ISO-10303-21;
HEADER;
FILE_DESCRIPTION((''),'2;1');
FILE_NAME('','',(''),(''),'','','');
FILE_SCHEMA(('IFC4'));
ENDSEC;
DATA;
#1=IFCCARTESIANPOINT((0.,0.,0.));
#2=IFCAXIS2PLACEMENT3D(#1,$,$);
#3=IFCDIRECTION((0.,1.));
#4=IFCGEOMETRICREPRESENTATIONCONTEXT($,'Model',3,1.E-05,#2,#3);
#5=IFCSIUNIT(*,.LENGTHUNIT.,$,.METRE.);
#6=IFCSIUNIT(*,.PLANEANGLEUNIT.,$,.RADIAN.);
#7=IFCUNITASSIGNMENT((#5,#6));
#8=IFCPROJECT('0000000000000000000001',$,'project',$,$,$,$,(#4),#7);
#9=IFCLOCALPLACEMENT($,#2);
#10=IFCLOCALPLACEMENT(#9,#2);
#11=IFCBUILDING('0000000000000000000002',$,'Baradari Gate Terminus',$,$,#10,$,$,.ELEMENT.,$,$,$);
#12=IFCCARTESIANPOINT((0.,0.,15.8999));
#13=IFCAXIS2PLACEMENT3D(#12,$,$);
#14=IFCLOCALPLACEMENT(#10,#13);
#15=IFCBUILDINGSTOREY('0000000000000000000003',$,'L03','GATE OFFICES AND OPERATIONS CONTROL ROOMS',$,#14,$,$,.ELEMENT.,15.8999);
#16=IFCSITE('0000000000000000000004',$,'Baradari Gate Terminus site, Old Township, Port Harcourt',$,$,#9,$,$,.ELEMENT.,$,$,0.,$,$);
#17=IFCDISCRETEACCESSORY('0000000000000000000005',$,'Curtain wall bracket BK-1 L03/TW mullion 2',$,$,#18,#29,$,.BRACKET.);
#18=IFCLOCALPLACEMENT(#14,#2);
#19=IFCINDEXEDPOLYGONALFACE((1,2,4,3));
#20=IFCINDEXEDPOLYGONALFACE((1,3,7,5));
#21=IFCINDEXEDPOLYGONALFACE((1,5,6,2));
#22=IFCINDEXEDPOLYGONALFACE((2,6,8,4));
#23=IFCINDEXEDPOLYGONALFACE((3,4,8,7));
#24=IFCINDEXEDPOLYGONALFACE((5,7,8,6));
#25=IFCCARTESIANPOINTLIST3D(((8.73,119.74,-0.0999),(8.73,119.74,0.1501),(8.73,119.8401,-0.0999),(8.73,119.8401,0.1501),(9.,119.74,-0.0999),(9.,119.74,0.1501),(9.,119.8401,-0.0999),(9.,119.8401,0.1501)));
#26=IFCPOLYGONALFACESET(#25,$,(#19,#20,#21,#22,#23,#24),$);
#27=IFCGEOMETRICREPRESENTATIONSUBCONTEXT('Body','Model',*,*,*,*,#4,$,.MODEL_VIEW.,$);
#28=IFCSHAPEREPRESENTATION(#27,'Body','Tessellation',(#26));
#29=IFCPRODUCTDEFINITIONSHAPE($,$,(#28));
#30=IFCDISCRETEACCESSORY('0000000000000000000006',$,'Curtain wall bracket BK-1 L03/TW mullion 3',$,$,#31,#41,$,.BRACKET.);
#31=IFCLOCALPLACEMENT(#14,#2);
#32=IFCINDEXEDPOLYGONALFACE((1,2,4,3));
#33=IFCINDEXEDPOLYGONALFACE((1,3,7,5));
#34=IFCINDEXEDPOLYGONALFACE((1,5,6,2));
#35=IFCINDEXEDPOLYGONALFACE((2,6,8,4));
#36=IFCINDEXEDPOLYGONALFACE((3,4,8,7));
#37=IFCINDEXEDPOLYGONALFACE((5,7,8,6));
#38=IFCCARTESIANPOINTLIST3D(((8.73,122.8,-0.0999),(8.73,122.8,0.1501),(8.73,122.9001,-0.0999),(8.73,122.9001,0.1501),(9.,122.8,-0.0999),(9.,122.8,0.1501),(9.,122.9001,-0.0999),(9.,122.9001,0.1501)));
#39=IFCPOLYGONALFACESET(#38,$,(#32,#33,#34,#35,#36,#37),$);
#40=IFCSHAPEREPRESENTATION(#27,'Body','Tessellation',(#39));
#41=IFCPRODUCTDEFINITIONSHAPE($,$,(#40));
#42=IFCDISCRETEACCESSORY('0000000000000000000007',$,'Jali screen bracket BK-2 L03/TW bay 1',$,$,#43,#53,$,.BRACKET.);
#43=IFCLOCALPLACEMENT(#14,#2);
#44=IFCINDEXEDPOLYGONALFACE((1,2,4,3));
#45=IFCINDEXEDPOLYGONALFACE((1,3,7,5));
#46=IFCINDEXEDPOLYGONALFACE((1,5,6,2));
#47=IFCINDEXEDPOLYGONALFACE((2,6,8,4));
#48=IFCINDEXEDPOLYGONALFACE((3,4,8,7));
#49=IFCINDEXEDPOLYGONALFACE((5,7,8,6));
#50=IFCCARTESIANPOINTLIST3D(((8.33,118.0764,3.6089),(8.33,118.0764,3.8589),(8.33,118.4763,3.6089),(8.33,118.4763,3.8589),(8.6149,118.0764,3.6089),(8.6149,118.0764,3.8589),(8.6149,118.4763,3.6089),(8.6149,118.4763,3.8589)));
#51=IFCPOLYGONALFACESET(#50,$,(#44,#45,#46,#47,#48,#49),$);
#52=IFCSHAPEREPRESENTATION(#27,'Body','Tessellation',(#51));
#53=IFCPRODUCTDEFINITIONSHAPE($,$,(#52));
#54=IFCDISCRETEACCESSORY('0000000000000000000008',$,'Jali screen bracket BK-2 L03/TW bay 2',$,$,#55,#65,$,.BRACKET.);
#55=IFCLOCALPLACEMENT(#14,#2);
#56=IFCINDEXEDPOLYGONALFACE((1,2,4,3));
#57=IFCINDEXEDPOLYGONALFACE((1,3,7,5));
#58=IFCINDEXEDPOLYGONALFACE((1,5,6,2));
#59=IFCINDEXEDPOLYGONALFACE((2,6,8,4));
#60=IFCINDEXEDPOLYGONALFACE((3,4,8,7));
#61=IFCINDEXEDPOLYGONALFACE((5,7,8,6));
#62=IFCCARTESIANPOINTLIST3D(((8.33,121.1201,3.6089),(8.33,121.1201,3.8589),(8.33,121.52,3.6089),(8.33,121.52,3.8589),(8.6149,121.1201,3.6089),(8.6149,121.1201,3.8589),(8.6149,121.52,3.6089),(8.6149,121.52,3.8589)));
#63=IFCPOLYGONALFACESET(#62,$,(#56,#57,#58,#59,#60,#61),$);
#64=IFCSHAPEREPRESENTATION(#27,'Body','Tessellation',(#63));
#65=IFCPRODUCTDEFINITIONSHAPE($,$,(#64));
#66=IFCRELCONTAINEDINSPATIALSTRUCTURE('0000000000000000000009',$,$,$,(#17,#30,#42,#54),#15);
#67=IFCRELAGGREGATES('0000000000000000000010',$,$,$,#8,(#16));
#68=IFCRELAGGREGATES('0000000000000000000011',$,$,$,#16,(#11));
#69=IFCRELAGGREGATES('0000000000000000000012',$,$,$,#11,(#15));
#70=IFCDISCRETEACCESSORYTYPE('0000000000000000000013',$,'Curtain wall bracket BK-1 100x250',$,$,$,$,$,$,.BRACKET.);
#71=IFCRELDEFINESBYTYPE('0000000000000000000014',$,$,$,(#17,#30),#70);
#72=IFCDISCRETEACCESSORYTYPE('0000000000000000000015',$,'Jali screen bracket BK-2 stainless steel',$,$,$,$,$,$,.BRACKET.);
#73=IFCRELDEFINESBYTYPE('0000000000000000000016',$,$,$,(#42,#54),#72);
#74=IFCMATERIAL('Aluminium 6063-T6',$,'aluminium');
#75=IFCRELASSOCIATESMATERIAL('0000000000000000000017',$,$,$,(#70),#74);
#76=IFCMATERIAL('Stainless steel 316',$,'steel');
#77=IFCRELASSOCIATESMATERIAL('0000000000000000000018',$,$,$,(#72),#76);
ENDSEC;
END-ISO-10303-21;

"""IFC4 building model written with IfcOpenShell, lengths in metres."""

from ifc_helpers import new_model, si_unit, direction, frame, origin, origin_2d, place, context, subcontext, project, spatial, rectangle, extrude, material, type_object, element, save


model = new_model("IFC4")

# Units and contexts
model_context = context("Model", 3, precision=1e-05, world=origin(), true_north=direction((0.0, 1.0)))
body_context = subcontext(model_context, "Body", "Model", "MODEL_VIEW")
ifc_project = project(units=[si_unit("LENGTHUNIT", "METRE"), si_unit("PLANEANGLEUNIT", "RADIAN")], contexts=[model_context])

# Site, building, storey
site_placement = place(None, origin())
site = spatial("IfcSite", under=ifc_project, at=site_placement, Name="Baradari Gate Terminus site, Old Township, Port Harcourt", CompositionType="ELEMENT", RefElevation=0.0)
building_placement = place(site_placement, origin())
building = spatial("IfcBuilding", under=site, at=building_placement, Name="Baradari Gate Terminus", CompositionType="ELEMENT")
storey_placement = place(building_placement, frame((0.0, 0.0, 15.8999)))
storey = spatial("IfcBuildingStorey", under=building, at=storey_placement, Name="L03", Description="GATE OFFICES AND OPERATIONS CONTROL ROOMS", CompositionType="ELEMENT", Elevation=15.8999)

# Discrete accessories
ifc_material_1 = material(Name="Aluminium 6063-T6", Category="aluminium")
discrete_accessory_type_1 = type_object("IfcDiscreteAccessoryType", Name="Curtain wall bracket BK-1 100x250", PredefinedType="BRACKET", material=ifc_material_1)
for number, where, z_axis, x_axis, name in (
    (1, (8.865, 119.79, -0.0999), (0.0, 0.0, 1.0), (-1.0, 0.0, 0.0), "Curtain wall bracket BK-1 L03/TW mullion 2"),
    (2, (8.865, 122.8501, -0.0999), (0.0, 0.0, 1.0), (-1.0, 0.0, 0.0), "Curtain wall bracket BK-1 L03/TW mullion 3"),
):
    element("IfcDiscreteAccessory", number, at=place(storey_placement, frame(where, z_axis=z_axis, x_axis=x_axis)), inside=storey, type_object=discrete_accessory_type_1, Name=name, PredefinedType="BRACKET", context=body_context, shape_type="SweptSolid", body=[
        extrude(rectangle(XDim=0.27, YDim=0.1001, at=origin_2d()), origin(), (0.0, 0.0, 1.0), 0.25),
    ])
ifc_material_2 = material(Name="Stainless steel 316", Category="steel")
discrete_accessory_type_2 = type_object("IfcDiscreteAccessoryType", Name="Jali screen bracket BK-2 stainless steel", PredefinedType="BRACKET", material=ifc_material_2)
for number, where, z_axis, x_axis, name in (
    (3, (8.4724, 118.2764, 3.6089), (0.0, 0.0, 1.0), (-1.0, 0.0, 0.0), "Jali screen bracket BK-2 L03/TW bay 1"),
    (4, (8.4724, 121.3201, 3.6089), (0.0, 0.0, 1.0), (-1.0, 0.0, 0.0), "Jali screen bracket BK-2 L03/TW bay 2"),
):
    element("IfcDiscreteAccessory", number, at=place(storey_placement, frame(where, z_axis=z_axis, x_axis=x_axis)), inside=storey, type_object=discrete_accessory_type_2, Name=name, PredefinedType="BRACKET", context=body_context, shape_type="SweptSolid", body=[
        extrude(rectangle(XDim=0.2849, YDim=0.3999, at=origin_2d()), origin(), (0.0, 0.0, 1.0), 0.25),
    ])

save(model, "model.ifc")
